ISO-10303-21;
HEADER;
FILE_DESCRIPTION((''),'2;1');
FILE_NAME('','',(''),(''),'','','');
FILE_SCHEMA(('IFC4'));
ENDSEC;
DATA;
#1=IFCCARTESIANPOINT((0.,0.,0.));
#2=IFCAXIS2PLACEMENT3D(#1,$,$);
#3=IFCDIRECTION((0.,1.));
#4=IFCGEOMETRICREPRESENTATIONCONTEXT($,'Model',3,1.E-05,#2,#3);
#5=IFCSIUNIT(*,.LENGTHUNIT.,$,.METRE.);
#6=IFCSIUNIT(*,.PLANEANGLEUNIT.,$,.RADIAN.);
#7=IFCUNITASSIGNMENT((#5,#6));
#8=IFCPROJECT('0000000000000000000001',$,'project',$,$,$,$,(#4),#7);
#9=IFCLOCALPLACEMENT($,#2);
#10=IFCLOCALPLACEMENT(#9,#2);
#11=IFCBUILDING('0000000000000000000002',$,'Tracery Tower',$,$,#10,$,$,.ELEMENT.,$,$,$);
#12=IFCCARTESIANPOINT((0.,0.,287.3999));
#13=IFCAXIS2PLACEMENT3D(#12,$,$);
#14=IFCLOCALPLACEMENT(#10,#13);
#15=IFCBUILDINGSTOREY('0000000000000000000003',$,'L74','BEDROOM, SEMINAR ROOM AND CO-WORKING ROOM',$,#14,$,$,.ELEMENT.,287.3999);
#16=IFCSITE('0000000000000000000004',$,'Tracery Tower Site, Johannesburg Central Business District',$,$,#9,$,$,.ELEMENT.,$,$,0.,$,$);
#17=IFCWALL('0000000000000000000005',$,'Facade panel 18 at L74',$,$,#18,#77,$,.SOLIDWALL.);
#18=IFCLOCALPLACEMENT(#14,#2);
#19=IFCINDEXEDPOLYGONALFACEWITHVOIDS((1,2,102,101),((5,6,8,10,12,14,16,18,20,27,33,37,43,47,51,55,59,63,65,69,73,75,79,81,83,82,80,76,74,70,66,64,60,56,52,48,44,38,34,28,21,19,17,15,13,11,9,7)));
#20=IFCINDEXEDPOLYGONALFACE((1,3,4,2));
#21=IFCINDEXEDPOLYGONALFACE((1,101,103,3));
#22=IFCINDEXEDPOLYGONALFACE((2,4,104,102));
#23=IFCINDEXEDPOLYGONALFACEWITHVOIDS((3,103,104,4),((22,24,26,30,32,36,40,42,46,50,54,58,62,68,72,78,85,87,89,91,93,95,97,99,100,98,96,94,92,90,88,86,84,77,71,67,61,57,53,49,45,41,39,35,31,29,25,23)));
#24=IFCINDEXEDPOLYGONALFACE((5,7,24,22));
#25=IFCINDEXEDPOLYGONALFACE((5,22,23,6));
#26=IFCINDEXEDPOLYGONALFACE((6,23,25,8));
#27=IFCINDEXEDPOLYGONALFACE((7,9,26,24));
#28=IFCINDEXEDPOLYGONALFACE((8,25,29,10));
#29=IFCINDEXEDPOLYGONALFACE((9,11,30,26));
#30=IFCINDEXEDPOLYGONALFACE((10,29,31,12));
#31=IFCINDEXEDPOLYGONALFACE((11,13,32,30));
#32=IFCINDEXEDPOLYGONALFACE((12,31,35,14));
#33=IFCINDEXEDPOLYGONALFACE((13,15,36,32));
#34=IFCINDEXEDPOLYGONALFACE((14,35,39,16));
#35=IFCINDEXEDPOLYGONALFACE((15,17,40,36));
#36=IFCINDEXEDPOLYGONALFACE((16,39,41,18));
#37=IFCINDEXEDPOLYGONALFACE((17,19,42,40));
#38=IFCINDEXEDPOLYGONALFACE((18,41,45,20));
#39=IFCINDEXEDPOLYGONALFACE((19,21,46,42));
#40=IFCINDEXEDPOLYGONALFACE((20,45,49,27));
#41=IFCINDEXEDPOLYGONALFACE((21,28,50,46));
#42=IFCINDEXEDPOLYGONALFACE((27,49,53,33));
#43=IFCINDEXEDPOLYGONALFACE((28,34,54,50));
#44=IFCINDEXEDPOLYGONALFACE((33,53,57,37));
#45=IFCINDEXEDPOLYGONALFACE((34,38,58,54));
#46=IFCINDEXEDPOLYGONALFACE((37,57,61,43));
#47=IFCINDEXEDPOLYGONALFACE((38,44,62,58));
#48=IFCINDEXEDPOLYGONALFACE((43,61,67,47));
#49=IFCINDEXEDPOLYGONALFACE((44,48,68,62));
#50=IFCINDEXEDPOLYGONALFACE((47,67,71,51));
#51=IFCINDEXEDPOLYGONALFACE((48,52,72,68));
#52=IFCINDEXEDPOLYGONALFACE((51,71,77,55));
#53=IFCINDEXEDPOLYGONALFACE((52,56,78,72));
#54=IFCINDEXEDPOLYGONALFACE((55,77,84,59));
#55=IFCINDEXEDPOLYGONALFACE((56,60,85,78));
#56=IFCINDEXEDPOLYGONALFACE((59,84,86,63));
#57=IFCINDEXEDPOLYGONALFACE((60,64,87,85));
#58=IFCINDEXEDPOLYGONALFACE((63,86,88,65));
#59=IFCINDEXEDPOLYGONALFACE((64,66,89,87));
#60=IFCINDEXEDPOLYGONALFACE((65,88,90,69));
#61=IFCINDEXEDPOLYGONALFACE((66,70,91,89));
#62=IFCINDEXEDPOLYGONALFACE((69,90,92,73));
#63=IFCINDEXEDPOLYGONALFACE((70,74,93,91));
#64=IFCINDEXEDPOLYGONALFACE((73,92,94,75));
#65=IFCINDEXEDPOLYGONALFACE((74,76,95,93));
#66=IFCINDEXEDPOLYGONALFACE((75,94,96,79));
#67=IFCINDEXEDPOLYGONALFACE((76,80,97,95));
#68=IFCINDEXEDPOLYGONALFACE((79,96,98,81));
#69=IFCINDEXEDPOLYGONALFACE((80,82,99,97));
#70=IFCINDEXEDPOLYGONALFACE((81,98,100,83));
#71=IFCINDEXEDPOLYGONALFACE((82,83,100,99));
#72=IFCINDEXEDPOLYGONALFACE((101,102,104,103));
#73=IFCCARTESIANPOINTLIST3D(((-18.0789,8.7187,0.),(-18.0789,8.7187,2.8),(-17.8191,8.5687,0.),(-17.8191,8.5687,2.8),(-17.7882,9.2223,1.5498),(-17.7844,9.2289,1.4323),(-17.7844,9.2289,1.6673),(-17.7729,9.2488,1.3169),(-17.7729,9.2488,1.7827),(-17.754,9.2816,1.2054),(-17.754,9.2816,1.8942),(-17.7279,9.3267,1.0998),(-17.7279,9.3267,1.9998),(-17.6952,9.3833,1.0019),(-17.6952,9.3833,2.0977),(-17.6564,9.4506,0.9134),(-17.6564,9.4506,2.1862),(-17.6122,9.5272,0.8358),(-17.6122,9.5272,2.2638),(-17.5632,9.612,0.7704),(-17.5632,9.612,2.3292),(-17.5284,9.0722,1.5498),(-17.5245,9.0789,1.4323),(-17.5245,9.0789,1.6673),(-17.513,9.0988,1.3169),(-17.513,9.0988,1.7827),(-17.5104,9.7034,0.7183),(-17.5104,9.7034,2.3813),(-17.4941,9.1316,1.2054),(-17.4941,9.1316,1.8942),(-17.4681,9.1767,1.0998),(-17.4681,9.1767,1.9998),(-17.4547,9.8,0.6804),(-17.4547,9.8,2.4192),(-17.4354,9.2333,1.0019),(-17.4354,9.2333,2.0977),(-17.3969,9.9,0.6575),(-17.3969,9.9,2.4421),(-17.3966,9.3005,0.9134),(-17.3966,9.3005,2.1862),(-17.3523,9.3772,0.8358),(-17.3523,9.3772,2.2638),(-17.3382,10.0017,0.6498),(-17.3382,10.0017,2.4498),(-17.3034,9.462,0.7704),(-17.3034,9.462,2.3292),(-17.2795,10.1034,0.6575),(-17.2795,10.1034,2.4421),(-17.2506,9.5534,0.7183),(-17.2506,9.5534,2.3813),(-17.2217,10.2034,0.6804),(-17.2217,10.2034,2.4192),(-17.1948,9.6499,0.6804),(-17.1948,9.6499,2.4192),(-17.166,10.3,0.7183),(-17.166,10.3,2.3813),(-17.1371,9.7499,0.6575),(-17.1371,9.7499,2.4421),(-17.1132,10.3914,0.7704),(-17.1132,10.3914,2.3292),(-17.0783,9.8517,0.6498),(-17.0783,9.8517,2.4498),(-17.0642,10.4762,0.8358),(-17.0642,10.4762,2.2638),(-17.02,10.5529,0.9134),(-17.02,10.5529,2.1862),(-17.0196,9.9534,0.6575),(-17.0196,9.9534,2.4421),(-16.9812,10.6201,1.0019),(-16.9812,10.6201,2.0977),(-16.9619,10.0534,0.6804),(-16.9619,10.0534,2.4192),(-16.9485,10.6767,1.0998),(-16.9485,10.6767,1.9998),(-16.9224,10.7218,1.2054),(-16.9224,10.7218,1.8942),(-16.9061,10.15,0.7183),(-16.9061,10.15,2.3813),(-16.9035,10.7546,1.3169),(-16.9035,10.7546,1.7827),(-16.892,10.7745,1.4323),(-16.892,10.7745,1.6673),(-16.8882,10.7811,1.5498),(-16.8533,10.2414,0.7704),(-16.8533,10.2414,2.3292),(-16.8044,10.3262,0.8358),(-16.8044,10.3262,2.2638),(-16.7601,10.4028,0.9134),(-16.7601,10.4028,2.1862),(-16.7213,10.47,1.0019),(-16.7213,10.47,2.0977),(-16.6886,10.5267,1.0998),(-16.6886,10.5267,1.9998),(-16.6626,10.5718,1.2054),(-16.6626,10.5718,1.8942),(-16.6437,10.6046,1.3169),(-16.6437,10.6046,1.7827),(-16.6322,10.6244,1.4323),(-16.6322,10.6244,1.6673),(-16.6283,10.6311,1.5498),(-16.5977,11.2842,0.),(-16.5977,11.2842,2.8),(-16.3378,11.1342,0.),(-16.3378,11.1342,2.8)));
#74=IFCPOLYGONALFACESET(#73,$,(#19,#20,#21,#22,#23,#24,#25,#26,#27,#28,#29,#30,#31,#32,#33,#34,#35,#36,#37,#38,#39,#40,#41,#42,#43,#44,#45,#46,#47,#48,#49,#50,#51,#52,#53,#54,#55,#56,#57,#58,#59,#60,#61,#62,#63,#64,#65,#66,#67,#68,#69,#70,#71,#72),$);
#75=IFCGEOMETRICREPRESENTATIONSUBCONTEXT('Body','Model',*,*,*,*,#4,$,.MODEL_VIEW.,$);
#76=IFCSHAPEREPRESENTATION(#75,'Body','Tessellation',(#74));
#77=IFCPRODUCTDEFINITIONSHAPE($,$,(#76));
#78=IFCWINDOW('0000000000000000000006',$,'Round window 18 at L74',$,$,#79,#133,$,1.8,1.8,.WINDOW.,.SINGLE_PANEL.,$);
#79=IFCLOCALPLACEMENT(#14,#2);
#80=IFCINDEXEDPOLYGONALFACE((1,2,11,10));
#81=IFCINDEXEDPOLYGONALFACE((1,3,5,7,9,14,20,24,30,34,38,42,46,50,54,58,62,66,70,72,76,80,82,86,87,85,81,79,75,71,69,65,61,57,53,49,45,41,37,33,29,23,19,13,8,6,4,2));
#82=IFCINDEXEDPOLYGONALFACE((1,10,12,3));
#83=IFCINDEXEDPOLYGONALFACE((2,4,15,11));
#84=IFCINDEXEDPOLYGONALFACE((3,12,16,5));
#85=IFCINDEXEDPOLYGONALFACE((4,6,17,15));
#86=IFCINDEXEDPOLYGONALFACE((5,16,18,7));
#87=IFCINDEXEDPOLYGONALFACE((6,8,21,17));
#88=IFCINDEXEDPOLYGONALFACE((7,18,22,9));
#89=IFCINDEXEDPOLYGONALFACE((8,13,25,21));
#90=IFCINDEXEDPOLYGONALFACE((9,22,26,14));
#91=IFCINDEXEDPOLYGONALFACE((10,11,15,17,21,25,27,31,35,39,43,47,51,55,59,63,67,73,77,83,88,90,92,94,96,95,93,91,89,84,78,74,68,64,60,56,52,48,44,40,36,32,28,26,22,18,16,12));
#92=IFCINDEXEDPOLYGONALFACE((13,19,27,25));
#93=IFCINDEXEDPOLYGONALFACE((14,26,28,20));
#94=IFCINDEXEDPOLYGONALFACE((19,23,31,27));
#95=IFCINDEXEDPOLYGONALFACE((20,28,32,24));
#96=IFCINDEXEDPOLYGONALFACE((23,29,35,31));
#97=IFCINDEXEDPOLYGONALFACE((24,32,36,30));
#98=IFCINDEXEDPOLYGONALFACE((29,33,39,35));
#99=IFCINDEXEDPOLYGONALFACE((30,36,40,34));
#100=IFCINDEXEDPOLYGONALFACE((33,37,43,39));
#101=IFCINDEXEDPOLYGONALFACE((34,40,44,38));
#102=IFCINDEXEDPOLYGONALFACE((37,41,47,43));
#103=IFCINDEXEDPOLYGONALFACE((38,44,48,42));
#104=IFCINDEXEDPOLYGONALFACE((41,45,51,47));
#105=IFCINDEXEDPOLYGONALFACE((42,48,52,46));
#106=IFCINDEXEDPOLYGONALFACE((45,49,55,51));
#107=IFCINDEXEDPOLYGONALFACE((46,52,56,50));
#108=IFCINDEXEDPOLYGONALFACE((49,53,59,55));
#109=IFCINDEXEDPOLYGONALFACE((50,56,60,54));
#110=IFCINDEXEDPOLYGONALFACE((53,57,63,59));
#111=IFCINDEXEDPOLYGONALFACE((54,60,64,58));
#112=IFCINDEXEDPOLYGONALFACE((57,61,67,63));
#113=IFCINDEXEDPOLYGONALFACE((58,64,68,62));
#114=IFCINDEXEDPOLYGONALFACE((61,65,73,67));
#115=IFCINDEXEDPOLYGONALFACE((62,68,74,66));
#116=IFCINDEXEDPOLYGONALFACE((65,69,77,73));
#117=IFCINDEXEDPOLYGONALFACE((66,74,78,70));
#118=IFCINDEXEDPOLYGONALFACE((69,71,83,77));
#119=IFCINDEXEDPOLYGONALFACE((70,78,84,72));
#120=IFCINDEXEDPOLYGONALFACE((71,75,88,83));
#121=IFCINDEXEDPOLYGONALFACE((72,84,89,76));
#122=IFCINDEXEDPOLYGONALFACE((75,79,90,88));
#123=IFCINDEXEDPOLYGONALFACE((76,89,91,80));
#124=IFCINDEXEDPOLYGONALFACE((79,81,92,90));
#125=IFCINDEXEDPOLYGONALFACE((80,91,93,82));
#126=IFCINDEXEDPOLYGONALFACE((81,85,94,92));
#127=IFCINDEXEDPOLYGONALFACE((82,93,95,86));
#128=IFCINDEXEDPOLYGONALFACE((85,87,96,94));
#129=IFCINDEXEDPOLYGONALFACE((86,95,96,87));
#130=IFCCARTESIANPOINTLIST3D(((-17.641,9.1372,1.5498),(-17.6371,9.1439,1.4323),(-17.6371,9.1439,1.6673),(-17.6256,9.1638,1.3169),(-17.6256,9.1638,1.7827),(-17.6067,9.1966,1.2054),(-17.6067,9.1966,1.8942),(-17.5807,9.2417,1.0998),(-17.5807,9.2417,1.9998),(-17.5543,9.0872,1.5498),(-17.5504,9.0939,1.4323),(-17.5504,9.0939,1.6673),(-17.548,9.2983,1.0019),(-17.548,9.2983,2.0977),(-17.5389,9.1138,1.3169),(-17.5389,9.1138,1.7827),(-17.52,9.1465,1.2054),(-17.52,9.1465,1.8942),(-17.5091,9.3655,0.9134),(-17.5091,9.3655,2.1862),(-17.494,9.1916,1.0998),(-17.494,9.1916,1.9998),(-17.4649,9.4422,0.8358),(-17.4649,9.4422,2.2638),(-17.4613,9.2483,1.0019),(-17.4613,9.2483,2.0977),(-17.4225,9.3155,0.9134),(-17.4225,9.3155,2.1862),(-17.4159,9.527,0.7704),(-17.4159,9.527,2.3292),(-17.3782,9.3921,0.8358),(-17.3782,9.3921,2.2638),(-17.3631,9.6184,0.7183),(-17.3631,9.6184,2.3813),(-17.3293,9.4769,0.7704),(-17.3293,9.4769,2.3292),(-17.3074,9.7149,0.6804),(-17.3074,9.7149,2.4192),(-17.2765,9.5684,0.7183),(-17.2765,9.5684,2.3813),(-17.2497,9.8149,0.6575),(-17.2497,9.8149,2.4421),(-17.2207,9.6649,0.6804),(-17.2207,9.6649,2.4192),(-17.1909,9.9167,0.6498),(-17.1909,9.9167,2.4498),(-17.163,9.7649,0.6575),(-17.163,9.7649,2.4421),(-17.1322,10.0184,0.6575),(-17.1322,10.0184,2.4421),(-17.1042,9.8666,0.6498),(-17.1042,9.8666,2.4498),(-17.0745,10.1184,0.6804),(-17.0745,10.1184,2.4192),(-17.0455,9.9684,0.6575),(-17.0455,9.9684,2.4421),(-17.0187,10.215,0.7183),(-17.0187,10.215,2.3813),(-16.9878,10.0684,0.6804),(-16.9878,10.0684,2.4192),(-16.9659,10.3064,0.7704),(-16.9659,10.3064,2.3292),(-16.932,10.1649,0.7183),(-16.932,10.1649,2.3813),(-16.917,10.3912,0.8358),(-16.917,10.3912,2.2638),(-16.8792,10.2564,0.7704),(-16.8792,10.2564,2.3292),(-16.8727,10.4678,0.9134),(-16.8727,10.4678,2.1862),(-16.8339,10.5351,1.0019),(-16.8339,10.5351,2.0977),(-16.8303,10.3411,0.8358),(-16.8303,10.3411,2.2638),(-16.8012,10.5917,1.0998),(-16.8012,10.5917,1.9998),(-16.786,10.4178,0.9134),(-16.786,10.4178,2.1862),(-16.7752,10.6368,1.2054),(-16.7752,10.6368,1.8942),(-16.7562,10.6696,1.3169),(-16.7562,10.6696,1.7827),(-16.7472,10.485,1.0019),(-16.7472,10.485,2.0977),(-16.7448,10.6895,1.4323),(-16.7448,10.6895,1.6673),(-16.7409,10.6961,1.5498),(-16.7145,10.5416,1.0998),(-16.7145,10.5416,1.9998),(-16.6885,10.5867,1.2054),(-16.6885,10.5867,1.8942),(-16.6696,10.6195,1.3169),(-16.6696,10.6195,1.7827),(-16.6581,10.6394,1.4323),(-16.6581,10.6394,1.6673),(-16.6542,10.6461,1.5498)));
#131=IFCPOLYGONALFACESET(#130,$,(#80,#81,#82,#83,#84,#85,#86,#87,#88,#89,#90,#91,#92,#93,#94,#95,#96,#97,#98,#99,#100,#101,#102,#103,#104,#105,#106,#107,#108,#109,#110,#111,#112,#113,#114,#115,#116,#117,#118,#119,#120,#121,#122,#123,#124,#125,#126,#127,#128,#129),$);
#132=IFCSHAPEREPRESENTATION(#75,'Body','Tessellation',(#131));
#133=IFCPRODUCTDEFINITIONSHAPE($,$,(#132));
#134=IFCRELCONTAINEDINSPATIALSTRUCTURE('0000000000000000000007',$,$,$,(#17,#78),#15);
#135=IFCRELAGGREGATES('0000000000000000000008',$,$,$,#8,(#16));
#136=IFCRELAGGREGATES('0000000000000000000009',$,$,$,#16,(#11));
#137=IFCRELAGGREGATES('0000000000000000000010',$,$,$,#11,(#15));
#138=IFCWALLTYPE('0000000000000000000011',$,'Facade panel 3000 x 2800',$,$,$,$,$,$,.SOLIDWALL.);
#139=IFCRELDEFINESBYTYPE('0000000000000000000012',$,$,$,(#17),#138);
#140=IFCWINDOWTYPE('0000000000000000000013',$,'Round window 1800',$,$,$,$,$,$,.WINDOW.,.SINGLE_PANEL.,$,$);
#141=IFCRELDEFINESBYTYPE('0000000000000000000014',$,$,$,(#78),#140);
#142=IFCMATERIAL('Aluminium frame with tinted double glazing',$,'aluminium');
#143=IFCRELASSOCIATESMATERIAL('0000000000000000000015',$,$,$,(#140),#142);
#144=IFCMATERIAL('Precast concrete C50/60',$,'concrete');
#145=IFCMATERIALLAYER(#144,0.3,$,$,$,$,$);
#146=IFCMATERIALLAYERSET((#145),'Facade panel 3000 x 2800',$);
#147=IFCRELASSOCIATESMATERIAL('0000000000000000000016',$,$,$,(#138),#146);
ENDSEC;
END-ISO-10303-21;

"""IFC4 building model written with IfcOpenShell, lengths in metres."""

from ifc_helpers import new_model, si_unit, direction, frame, frame_2d, origin, origin_2d, place, context, subcontext, project, spatial, rectangle, circle, extrude, material, layer, layer_set, type_object, element, fill, save


model = new_model("IFC4")

# Units and contexts
model_context = context("Model", 3, precision=1e-05, world=origin(), true_north=direction((0.0, 1.0)))
body_context = subcontext(model_context, "Body", "Model", "MODEL_VIEW")
ifc_project = project(units=[si_unit("LENGTHUNIT", "METRE"), si_unit("PLANEANGLEUNIT", "RADIAN")], contexts=[model_context])

# Site, building, storey
site_placement = place(None, origin())
site = spatial("IfcSite", under=ifc_project, at=site_placement, Name="Tracery Tower Site, Johannesburg Central Business District", CompositionType="ELEMENT", RefElevation=0.0)
building_placement = place(site_placement, origin())
building = spatial("IfcBuilding", under=site, at=building_placement, Name="Tracery Tower", CompositionType="ELEMENT")
storey_placement = place(building_placement, frame((0.0, 0.0, 287.3999)))
storey = spatial("IfcBuildingStorey", under=building, at=storey_placement, Name="L74", Description="BEDROOM, SEMINAR ROOM AND CO-WORKING ROOM", CompositionType="ELEMENT", Elevation=287.3999)

# Wall, opening, window
ifc_material_1 = material(Name="Aluminium frame with tinted double glazing", Category="aluminium")
window_type = type_object("IfcWindowType", Name="Round window 1800", PartitioningType="SINGLE_PANEL", PredefinedType="WINDOW", material=ifc_material_1)
ifc_material_2 = material(Name="Precast concrete C50/60", Category="concrete")
ifc_layer_1 = layer(ifc_material_2, 0.3)
ifc_layer_set_1 = layer_set([ifc_layer_1], Name="Facade panel 3000 x 2800")
wall_type_1 = type_object("IfcWallType", Name="Facade panel 3000 x 2800", PredefinedType="SOLIDWALL", material=ifc_layer_set_1)
wall_1_placement = place(storey_placement, frame((-16.4678, 11.2092, 0.0), z_axis=(0.0, 0.0, 1.0), x_axis=(-0.500013, -0.866018, 0.0)))
wall_1 = element("IfcWall", 1, at=wall_1_placement, inside=storey, type_object=wall_type_1, Name="Facade panel 18 at L74", PredefinedType="SOLIDWALL", context=body_context, shape_type="SweptSolid", body=[
    extrude(rectangle(XDim=2.9624, YDim=0.3, at=frame_2d((1.4812, 0.0))), origin(), (0.0, 0.0, 1.0), 2.8),
])
opening_1_placement = place(wall_1_placement, frame((1.481, 0.0, 1.5498)))
opening_1 = element("IfcOpeningElement", 2, at=opening_1_placement, cuts=wall_1, PredefinedType="OPENING", context=body_context, shape_type="SweptSolid", body=[
    extrude(circle(Radius=0.9, at=origin_2d()), frame((0.0, 0.1599, 0.0), z_axis=(0.0, -1.0, 0.0), x_axis=(1.0, 0.0, 0.0)), (0.0, 0.0, 1.0), 0.3201),
])
window_1_placement = place(opening_1_placement, origin())
window_1 = element("IfcWindow", 3, at=window_1_placement, inside=storey, type_object=window_type, Name="Round window 18 at L74", OverallHeight=1.8, OverallWidth=1.8, PartitioningType="SINGLE_PANEL", PredefinedType="WINDOW", context=body_context, shape_type="SweptSolid", body=[
    extrude(circle(Radius=0.9, at=origin_2d()), frame((0.0, 0.1201, 0.0), z_axis=(0.0, -1.0, 0.0), x_axis=(1.0, 0.0, 0.0)), (0.0, 0.0, 1.0), 0.1001),
])
fill(opening_1, window_1)

save(model, "model.ifc")
